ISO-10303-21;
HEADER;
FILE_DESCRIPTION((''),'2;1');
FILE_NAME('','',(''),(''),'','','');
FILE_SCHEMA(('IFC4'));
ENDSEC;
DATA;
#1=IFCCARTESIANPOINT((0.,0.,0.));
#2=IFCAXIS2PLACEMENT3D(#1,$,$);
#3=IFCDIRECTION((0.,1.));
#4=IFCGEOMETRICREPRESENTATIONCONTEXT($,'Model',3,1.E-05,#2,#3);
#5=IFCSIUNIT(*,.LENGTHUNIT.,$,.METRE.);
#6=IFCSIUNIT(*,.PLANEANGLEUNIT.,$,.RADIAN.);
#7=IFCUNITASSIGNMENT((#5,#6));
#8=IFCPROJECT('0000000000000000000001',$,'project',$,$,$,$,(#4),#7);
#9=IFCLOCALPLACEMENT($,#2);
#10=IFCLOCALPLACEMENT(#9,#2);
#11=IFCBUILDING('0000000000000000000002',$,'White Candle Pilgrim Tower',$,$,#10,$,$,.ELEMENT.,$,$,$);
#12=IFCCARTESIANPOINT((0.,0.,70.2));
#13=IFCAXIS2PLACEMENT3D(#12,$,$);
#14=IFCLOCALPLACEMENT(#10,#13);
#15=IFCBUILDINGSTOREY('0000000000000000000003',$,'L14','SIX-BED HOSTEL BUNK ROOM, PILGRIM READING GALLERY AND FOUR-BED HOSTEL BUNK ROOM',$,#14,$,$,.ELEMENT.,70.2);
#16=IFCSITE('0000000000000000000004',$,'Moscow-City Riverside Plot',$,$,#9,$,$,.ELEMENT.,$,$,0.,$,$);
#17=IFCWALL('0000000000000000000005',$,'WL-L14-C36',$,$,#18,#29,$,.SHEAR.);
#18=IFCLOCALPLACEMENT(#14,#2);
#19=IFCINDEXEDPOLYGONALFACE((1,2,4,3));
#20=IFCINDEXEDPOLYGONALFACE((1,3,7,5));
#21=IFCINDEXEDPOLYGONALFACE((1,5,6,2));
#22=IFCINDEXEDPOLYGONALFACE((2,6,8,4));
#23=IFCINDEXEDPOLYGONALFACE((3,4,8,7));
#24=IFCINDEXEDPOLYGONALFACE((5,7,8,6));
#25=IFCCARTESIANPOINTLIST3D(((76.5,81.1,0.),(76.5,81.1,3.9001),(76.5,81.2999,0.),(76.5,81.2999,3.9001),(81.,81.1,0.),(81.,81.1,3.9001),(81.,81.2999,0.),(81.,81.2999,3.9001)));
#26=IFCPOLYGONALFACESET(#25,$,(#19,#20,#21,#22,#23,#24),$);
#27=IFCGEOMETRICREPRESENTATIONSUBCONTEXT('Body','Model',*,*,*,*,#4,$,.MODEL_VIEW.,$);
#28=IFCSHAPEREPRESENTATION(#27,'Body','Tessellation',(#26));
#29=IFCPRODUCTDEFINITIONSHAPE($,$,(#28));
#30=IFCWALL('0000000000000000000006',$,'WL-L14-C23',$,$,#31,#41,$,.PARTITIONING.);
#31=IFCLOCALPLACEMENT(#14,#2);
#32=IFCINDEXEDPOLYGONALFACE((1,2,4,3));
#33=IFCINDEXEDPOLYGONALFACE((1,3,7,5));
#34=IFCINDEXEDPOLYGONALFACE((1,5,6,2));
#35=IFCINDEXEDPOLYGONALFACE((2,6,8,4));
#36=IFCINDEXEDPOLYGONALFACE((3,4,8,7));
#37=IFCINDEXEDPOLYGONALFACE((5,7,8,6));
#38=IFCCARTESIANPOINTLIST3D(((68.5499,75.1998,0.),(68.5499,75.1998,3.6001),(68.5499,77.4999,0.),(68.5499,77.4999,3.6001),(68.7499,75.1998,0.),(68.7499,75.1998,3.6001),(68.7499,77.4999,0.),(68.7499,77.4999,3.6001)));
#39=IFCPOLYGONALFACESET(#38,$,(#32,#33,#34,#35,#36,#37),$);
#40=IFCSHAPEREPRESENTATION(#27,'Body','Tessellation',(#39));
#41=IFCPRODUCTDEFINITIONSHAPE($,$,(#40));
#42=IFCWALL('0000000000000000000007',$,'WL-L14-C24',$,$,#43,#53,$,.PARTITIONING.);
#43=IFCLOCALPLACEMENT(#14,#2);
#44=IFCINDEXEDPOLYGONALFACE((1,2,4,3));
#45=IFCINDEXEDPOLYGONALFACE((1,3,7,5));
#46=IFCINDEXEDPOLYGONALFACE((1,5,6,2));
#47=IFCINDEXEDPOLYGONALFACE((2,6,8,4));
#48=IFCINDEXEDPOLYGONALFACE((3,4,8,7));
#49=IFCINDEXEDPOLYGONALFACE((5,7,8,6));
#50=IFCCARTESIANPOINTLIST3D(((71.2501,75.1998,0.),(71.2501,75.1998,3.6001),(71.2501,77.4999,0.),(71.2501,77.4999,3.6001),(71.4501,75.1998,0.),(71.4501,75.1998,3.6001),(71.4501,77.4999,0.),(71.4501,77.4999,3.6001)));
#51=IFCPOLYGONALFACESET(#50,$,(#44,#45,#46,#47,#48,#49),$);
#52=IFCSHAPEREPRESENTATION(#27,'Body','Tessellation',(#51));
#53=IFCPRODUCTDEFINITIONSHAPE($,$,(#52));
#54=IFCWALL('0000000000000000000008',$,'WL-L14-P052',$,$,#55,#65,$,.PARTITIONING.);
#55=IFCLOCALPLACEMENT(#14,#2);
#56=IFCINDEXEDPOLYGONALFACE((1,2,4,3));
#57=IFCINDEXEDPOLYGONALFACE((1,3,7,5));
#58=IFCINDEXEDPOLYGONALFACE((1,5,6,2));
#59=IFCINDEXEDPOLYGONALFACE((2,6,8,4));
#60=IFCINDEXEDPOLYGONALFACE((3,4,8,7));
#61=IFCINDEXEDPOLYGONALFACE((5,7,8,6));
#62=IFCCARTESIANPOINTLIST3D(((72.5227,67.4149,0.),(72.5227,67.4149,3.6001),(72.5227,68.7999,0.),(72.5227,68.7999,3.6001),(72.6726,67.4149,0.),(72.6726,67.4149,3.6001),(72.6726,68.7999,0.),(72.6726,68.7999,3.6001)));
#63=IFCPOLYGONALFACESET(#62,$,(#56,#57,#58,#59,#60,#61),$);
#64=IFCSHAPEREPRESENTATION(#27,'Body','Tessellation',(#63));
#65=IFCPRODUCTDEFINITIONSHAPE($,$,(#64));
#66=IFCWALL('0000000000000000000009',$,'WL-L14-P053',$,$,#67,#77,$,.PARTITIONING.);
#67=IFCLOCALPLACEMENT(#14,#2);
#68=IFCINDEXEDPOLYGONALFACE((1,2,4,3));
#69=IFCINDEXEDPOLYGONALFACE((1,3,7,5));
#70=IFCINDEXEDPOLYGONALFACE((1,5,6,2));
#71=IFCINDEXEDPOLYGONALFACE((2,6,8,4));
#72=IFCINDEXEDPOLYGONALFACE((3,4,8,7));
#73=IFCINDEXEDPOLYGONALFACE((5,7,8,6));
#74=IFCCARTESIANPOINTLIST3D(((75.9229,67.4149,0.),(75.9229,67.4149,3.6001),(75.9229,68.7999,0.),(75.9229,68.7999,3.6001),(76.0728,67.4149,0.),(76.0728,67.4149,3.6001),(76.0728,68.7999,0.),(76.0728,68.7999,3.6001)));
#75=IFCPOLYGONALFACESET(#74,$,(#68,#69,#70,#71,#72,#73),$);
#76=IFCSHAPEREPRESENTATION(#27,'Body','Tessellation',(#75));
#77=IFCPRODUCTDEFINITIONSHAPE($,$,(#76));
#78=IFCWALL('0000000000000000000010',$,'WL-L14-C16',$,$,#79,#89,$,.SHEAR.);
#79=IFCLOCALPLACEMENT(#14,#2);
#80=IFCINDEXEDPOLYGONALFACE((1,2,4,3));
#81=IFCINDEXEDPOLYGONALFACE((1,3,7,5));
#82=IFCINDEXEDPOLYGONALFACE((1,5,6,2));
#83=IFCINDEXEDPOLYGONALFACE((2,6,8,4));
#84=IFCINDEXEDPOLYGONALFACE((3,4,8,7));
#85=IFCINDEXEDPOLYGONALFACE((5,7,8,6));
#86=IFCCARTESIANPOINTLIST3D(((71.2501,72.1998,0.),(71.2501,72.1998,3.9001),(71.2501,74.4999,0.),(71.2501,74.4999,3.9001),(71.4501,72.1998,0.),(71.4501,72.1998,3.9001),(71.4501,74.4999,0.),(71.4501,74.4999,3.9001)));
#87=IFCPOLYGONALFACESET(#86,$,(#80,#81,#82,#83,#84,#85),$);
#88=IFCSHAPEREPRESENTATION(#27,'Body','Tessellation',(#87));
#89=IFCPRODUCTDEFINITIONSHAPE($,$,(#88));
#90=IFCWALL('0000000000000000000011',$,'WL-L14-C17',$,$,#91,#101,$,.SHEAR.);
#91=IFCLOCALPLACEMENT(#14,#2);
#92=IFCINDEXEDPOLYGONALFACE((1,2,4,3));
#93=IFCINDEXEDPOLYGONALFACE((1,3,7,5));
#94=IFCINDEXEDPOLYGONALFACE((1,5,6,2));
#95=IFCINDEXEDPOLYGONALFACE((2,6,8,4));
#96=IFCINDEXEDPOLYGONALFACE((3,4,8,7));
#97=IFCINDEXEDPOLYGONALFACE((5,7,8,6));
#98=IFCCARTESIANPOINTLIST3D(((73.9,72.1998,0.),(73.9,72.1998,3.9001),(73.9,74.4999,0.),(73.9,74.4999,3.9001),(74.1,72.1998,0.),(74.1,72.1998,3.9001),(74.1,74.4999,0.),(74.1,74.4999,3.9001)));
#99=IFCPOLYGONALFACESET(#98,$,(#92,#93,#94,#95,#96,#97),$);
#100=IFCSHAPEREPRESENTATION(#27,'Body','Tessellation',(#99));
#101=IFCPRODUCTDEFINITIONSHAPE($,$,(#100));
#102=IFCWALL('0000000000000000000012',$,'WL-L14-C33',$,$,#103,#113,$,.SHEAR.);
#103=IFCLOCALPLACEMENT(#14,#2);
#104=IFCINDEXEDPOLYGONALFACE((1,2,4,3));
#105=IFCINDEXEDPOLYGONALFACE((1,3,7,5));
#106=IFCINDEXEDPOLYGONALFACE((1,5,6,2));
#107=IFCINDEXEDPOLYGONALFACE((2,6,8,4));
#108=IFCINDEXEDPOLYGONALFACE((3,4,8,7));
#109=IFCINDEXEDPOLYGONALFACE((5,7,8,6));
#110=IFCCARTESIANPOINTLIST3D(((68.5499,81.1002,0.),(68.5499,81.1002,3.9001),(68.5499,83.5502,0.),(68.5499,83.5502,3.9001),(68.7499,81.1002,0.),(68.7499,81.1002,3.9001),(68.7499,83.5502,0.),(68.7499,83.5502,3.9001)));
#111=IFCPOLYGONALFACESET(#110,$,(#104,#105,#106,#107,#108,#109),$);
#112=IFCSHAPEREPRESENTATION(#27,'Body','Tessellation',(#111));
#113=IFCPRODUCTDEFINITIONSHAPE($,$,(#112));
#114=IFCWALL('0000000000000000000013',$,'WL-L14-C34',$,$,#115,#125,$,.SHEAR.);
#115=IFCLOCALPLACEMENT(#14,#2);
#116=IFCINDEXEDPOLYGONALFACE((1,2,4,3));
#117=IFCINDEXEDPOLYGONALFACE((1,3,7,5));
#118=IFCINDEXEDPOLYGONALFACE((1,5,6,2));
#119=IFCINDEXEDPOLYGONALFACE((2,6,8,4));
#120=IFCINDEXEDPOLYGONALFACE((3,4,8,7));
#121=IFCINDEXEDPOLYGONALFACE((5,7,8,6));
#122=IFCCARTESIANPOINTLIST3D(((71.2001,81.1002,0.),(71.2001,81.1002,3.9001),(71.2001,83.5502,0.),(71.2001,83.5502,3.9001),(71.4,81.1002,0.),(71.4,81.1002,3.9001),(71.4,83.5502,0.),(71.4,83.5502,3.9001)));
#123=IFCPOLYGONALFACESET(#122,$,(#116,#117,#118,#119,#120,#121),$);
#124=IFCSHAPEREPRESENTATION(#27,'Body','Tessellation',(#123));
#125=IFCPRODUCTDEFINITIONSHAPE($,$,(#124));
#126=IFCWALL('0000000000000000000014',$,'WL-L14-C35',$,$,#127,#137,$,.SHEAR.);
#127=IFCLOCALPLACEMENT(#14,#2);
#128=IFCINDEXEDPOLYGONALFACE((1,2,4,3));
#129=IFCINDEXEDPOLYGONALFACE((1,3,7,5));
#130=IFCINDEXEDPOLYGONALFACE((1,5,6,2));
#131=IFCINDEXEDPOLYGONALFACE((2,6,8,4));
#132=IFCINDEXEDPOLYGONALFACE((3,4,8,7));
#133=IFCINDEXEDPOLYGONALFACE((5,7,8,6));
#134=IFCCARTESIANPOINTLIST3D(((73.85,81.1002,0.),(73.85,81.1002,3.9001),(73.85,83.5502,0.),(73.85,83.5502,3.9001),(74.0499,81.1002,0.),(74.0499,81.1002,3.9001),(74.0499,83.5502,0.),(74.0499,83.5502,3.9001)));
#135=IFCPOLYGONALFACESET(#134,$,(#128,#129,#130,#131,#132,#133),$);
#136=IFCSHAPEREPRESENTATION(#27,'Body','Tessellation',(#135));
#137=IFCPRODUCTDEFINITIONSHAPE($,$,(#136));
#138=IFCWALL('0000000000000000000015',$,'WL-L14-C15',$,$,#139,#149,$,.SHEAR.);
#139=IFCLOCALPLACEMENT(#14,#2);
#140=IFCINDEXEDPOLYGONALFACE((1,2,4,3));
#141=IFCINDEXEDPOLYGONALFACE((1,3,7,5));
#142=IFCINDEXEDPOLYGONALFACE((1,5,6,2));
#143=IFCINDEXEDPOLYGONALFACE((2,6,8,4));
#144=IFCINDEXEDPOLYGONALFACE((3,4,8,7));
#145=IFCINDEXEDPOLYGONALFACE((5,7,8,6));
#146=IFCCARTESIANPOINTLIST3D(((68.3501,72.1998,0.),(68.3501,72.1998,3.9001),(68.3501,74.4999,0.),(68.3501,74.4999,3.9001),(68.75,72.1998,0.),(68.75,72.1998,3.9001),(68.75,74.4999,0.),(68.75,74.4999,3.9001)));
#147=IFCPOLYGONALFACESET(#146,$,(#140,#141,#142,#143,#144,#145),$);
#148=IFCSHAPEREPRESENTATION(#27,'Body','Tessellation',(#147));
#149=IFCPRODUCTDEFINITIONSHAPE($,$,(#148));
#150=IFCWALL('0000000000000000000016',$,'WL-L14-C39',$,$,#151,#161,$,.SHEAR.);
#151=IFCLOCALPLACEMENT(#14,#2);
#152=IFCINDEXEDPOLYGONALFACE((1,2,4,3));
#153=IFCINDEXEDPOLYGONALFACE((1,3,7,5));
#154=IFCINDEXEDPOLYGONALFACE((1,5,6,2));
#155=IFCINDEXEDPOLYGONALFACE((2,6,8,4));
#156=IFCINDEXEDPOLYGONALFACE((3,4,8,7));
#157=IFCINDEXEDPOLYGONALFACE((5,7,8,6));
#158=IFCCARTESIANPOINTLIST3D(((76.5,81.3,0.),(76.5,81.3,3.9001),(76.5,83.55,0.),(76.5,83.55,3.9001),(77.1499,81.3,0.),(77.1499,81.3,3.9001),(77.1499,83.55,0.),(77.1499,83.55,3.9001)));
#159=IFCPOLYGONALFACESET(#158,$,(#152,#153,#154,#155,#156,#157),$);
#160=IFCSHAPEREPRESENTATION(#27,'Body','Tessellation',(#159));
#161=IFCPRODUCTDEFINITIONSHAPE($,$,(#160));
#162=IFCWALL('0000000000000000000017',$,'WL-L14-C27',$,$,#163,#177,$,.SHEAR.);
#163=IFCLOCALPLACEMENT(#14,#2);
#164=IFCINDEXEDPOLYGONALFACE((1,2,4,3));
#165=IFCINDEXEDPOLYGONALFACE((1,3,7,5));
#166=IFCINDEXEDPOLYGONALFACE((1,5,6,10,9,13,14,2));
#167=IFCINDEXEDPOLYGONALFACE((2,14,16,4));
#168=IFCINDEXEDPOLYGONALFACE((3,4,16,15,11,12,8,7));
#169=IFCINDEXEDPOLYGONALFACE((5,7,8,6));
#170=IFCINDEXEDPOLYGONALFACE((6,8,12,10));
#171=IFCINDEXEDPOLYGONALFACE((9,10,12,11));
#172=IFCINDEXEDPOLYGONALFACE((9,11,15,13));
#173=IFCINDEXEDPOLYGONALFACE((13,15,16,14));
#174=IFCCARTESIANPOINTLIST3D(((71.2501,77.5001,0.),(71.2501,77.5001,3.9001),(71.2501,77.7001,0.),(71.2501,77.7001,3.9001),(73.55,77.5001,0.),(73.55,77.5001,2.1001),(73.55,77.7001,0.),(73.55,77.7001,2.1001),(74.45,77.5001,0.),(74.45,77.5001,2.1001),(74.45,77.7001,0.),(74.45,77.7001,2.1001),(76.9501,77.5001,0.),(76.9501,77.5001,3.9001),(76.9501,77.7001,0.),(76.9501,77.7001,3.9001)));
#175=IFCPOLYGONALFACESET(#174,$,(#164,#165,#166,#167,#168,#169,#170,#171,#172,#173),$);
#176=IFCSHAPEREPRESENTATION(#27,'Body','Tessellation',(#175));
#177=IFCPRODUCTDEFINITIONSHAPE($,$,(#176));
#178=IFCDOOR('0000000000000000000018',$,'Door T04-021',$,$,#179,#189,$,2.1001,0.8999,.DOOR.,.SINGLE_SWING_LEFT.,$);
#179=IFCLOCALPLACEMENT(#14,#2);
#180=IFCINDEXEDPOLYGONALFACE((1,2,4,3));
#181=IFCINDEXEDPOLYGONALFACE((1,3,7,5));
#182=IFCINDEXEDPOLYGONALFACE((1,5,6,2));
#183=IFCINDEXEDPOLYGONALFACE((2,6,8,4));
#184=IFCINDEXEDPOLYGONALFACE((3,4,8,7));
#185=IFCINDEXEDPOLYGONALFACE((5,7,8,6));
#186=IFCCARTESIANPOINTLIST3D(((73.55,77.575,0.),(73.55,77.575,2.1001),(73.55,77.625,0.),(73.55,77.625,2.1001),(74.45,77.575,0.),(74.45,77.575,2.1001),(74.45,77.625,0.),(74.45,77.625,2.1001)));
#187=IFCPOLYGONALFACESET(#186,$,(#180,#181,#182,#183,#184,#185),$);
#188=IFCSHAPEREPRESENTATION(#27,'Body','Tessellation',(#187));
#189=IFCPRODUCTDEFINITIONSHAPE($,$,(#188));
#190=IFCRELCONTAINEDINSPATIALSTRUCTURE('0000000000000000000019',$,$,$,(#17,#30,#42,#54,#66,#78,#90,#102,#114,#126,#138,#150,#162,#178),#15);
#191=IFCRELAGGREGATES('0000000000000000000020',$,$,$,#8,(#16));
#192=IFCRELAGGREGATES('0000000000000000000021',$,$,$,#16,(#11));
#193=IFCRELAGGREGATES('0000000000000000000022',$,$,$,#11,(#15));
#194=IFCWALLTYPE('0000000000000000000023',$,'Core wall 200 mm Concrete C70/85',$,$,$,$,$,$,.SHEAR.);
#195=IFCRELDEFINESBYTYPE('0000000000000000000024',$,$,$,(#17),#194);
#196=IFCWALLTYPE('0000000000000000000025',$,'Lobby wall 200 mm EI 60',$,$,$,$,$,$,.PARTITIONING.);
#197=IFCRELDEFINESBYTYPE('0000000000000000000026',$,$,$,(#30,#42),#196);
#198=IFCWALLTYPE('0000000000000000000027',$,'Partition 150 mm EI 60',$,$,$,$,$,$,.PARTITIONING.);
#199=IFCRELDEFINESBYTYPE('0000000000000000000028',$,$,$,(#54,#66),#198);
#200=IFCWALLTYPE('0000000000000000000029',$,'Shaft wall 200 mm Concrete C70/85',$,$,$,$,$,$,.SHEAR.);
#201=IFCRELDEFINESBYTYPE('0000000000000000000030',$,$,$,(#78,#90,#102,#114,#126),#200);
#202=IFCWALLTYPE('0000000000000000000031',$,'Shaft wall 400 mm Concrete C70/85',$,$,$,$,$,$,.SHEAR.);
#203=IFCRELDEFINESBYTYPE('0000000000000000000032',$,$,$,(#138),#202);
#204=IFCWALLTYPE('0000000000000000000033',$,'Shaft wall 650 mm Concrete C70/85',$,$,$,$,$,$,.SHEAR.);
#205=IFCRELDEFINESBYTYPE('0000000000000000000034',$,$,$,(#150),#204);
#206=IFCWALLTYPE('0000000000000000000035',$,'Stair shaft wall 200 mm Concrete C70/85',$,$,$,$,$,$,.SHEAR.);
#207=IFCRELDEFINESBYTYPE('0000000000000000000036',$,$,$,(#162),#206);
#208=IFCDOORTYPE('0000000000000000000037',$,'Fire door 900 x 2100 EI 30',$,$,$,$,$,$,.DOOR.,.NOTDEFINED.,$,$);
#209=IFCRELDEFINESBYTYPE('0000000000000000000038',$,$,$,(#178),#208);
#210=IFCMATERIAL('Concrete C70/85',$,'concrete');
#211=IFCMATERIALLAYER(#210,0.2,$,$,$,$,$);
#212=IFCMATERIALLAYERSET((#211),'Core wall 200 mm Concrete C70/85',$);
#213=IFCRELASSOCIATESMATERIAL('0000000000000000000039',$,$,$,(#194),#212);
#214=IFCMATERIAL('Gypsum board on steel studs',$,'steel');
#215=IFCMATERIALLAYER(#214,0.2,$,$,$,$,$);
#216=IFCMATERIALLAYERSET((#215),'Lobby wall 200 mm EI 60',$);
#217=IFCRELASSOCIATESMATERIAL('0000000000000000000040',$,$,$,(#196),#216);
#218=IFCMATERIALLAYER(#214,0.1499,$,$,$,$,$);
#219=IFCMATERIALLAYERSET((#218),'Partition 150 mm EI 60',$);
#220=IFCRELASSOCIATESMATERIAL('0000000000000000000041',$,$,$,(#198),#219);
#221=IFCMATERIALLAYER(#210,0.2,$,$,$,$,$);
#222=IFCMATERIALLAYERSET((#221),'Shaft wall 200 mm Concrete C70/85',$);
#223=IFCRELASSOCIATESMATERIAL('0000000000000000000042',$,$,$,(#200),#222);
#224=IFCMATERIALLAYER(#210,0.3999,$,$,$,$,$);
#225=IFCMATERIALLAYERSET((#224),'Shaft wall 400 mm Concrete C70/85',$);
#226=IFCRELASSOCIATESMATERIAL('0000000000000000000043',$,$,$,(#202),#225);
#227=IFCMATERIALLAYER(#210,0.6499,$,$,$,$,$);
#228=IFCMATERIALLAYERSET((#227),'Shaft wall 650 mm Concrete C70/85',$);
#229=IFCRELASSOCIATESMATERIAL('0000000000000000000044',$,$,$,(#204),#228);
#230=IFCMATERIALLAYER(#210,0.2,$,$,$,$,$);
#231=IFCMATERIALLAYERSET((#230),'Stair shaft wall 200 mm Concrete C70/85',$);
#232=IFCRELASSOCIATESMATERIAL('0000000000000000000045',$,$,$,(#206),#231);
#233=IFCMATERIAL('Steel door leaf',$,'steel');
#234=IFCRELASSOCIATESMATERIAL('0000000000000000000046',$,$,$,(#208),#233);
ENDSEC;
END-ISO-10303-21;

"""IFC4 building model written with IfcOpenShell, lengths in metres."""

from ifc_helpers import new_model, si_unit, direction, frame, frame_2d, origin, place, context, subcontext, project, spatial, rectangle, extrude, material, layer, layer_set, type_object, element, fill, save


model = new_model("IFC4")

# Units and contexts
model_context = context("Model", 3, precision=1e-05, world=origin(), true_north=direction((0.0, 1.0)))
body_context = subcontext(model_context, "Body", "Model", "MODEL_VIEW")
ifc_project = project(units=[si_unit("LENGTHUNIT", "METRE"), si_unit("PLANEANGLEUNIT", "RADIAN")], contexts=[model_context])

# Site, building, storey
site_placement = place(None, origin())
site = spatial("IfcSite", under=ifc_project, at=site_placement, Name="Moscow-City Riverside Plot", CompositionType="ELEMENT", RefElevation=0.0)
building_placement = place(site_placement, origin())
building = spatial("IfcBuilding", under=site, at=building_placement, Name="White Candle Pilgrim Tower", CompositionType="ELEMENT")
storey_placement = place(building_placement, frame((0.0, 0.0, 70.2)))
storey = spatial("IfcBuildingStorey", under=building, at=storey_placement, Name="L14", Description="SIX-BED HOSTEL BUNK ROOM, PILGRIM READING GALLERY AND FOUR-BED HOSTEL BUNK ROOM", CompositionType="ELEMENT", Elevation=70.2)

# Walls
ifc_material_1 = material(Name="Concrete C70/85", Category="concrete")
ifc_layer_1 = layer(ifc_material_1, 0.2)
ifc_layer_set_1 = layer_set([ifc_layer_1], Name="Core wall 200 mm Concrete C70/85")
wall_type_1 = type_object("IfcWallType", Name="Core wall 200 mm Concrete C70/85", PredefinedType="SHEAR", material=ifc_layer_set_1)
wall_1_placement = place(storey_placement, frame((76.5, 81.2, 0.0), z_axis=(0.0, 0.0, 1.0), x_axis=(1.0, 0.0, 0.0)))
element("IfcWall", 1, at=wall_1_placement, inside=storey, type_object=wall_type_1, Name="WL-L14-C36", PredefinedType="SHEAR", context=body_context, shape_type="SweptSolid", body=[
    extrude(rectangle(XDim=4.5, YDim=0.2, at=frame_2d((2.25, 0.0))), origin(), (0.0, 0.0, 1.0), 3.9001),
])
ifc_material_2 = material(Name="Gypsum board on steel studs", Category="steel")
ifc_layer_2 = layer(ifc_material_2, 0.2)
ifc_layer_set_2 = layer_set([ifc_layer_2], Name="Lobby wall 200 mm EI 60")
wall_type_2 = type_object("IfcWallType", Name="Lobby wall 200 mm EI 60", PredefinedType="PARTITIONING", material=ifc_layer_set_2)
for number, where, z_axis, x_axis, name in (
    (2, (68.6499, 75.2, 0.0), (0.0, 0.0, 1.0), (0.0, 1.0, 0.0), "WL-L14-C23"),
    (3, (71.3501, 75.2, 0.0), (0.0, 0.0, 1.0), (0.0, 1.0, 0.0), "WL-L14-C24"),
):
    element("IfcWall", number, at=place(storey_placement, frame(where, z_axis=z_axis, x_axis=x_axis)), inside=storey, type_object=wall_type_2, Name=name, PredefinedType="PARTITIONING", context=body_context, shape_type="SweptSolid", body=[
        extrude(rectangle(XDim=2.3, YDim=0.2, at=frame_2d((1.1499, 0.0))), origin(), (0.0, 0.0, 1.0), 3.6001),
    ])
ifc_layer_3 = layer(ifc_material_2, 0.1499)
ifc_layer_set_3 = layer_set([ifc_layer_3], Name="Partition 150 mm EI 60")
wall_type_3 = type_object("IfcWallType", Name="Partition 150 mm EI 60", PredefinedType="PARTITIONING", material=ifc_layer_set_3)
for number, where, z_axis, x_axis, name in (
    (4, (72.5977, 67.415, 0.0), (0.0, 0.0, 1.0), (0.0, 1.0, 0.0), "WL-L14-P052"),
    (5, (75.9978, 67.415, 0.0), (0.0, 0.0, 1.0), (0.0, 1.0, 0.0), "WL-L14-P053"),
):
    element("IfcWall", number, at=place(storey_placement, frame(where, z_axis=z_axis, x_axis=x_axis)), inside=storey, type_object=wall_type_3, Name=name, PredefinedType="PARTITIONING", context=body_context, shape_type="SweptSolid", body=[
        extrude(rectangle(XDim=1.385, YDim=0.1499, at=frame_2d((0.6924, 0.0))), origin(), (0.0, 0.0, 1.0), 3.6001),
    ])
ifc_layer_4 = layer(ifc_material_1, 0.2)
ifc_layer_set_4 = layer_set([ifc_layer_4], Name="Shaft wall 200 mm Concrete C70/85")
wall_type_4 = type_object("IfcWallType", Name="Shaft wall 200 mm Concrete C70/85", PredefinedType="SHEAR", material=ifc_layer_set_4)
for number, where, z_axis, x_axis, name in (
    (6, (71.3501, 72.2, 0.0), (0.0, 0.0, 1.0), (0.0, 1.0, 0.0), "WL-L14-C16"),
    (7, (74.0, 72.2, 0.0), (0.0, 0.0, 1.0), (0.0, 1.0, 0.0), "WL-L14-C17"),
):
    element("IfcWall", number, at=place(storey_placement, frame(where, z_axis=z_axis, x_axis=x_axis)), inside=storey, type_object=wall_type_4, Name=name, PredefinedType="SHEAR", context=body_context, shape_type="SweptSolid", body=[
        extrude(rectangle(XDim=2.3, YDim=0.2, at=frame_2d((1.1499, 0.0))), origin(), (0.0, 0.0, 1.0), 3.9001),
    ])
for number, where, z_axis, x_axis, name in (
    (8, (68.6499, 81.1001, 0.0), (0.0, 0.0, 1.0), (0.0, 1.0, 0.0), "WL-L14-C33"),
    (9, (71.3, 81.1001, 0.0), (0.0, 0.0, 1.0), (0.0, 1.0, 0.0), "WL-L14-C34"),
    (10, (73.95, 81.1001, 0.0), (0.0, 0.0, 1.0), (0.0, 1.0, 0.0), "WL-L14-C35"),
):
    element("IfcWall", number, at=place(storey_placement, frame(where, z_axis=z_axis, x_axis=x_axis)), inside=storey, type_object=wall_type_4, Name=name, PredefinedType="SHEAR", context=body_context, shape_type="SweptSolid", body=[
        extrude(rectangle(XDim=2.45, YDim=0.2, at=frame_2d((1.2251, 0.0))), origin(), (0.0, 0.0, 1.0), 3.9001),
    ])
ifc_layer_5 = layer(ifc_material_1, 0.3999)
ifc_layer_set_5 = layer_set([ifc_layer_5], Name="Shaft wall 400 mm Concrete C70/85")
wall_type_5 = type_object("IfcWallType", Name="Shaft wall 400 mm Concrete C70/85", PredefinedType="SHEAR", material=ifc_layer_set_5)
wall_2_placement = place(storey_placement, frame((68.55, 72.2, 0.0), z_axis=(0.0, 0.0, 1.0), x_axis=(0.0, 1.0, 0.0)))
element("IfcWall", 11, at=wall_2_placement, inside=storey, type_object=wall_type_5, Name="WL-L14-C15", PredefinedType="SHEAR", context=body_context, shape_type="SweptSolid", body=[
    extrude(rectangle(XDim=2.3, YDim=0.3999, at=frame_2d((1.1499, 0.0))), origin(), (0.0, 0.0, 1.0), 3.9001),
])
ifc_layer_6 = layer(ifc_material_1, 0.6499)
ifc_layer_set_6 = layer_set([ifc_layer_6], Name="Shaft wall 650 mm Concrete C70/85")
wall_type_6 = type_object("IfcWallType", Name="Shaft wall 650 mm Concrete C70/85", PredefinedType="SHEAR", material=ifc_layer_set_6)
wall_3_placement = place(storey_placement, frame((76.825, 81.3, 0.0), z_axis=(0.0, 0.0, 1.0), x_axis=(0.0, 1.0, 0.0)))
element("IfcWall", 12, at=wall_3_placement, inside=storey, type_object=wall_type_6, Name="WL-L14-C39", PredefinedType="SHEAR", context=body_context, shape_type="SweptSolid", body=[
    extrude(rectangle(XDim=2.25, YDim=0.6499, at=frame_2d((1.125, 0.0))), origin(), (0.0, 0.0, 1.0), 3.9001),
])

# Wall, opening, door
ifc_layer_7 = layer(ifc_material_1, 0.2)
ifc_layer_set_7 = layer_set([ifc_layer_7], Name="Stair shaft wall 200 mm Concrete C70/85")
wall_type_7 = type_object("IfcWallType", Name="Stair shaft wall 200 mm Concrete C70/85", PredefinedType="SHEAR", material=ifc_layer_set_7)
wall_4_placement = place(storey_placement, frame((71.25, 77.6001, 0.0), z_axis=(0.0, 0.0, 1.0), x_axis=(1.0, 0.0, 0.0)))
wall_4 = element("IfcWall", 13, at=wall_4_placement, inside=storey, type_object=wall_type_7, Name="WL-L14-C27", PredefinedType="SHEAR", context=body_context, shape_type="SweptSolid", body=[
    extrude(rectangle(XDim=5.7, YDim=0.2, at=frame_2d((2.8501, 0.0))), origin(), (0.0, 0.0, 1.0), 3.9001),
])
opening_1_placement = place(wall_4_placement, frame((2.3, 0.0, 0.0)))
opening_1 = element("IfcOpeningElement", 14, at=opening_1_placement, cuts=wall_4, PredefinedType="OPENING", context=body_context, shape_type="SweptSolid", body=[
    extrude(rectangle(XDim=0.8999, YDim=2.1001, at=frame_2d((0.45, 1.05))), frame((0.0, 0.1099, 0.0), z_axis=(0.0, -1.0, 0.0), x_axis=(1.0, 0.0, 0.0)), (0.0, 0.0, 1.0), 0.22),
])
ifc_material_3 = material(Name="Steel door leaf", Category="steel")
door_type_1 = type_object("IfcDoorType", Name="Fire door 900 x 2100 EI 30", OperationType="NOTDEFINED", PredefinedType="DOOR", material=ifc_material_3)
door_1_placement = place(opening_1_placement, origin())
door_1 = element("IfcDoor", 15, at=door_1_placement, inside=storey, type_object=door_type_1, Name="Door T04-021", OperationType="SINGLE_SWING_LEFT", OverallHeight=2.1001, OverallWidth=0.8999, PredefinedType="DOOR", context=body_context, shape_type="SweptSolid", body=[
    extrude(rectangle(XDim=0.8999, YDim=2.1001, at=frame_2d((0.45, 1.05))), frame((0.0, 0.0249, 0.0), z_axis=(0.0, -1.0, 0.0), x_axis=(1.0, 0.0, 0.0)), (0.0, 0.0, 1.0), 0.05),
])
fill(opening_1, door_1)

save(model, "model.ifc")
